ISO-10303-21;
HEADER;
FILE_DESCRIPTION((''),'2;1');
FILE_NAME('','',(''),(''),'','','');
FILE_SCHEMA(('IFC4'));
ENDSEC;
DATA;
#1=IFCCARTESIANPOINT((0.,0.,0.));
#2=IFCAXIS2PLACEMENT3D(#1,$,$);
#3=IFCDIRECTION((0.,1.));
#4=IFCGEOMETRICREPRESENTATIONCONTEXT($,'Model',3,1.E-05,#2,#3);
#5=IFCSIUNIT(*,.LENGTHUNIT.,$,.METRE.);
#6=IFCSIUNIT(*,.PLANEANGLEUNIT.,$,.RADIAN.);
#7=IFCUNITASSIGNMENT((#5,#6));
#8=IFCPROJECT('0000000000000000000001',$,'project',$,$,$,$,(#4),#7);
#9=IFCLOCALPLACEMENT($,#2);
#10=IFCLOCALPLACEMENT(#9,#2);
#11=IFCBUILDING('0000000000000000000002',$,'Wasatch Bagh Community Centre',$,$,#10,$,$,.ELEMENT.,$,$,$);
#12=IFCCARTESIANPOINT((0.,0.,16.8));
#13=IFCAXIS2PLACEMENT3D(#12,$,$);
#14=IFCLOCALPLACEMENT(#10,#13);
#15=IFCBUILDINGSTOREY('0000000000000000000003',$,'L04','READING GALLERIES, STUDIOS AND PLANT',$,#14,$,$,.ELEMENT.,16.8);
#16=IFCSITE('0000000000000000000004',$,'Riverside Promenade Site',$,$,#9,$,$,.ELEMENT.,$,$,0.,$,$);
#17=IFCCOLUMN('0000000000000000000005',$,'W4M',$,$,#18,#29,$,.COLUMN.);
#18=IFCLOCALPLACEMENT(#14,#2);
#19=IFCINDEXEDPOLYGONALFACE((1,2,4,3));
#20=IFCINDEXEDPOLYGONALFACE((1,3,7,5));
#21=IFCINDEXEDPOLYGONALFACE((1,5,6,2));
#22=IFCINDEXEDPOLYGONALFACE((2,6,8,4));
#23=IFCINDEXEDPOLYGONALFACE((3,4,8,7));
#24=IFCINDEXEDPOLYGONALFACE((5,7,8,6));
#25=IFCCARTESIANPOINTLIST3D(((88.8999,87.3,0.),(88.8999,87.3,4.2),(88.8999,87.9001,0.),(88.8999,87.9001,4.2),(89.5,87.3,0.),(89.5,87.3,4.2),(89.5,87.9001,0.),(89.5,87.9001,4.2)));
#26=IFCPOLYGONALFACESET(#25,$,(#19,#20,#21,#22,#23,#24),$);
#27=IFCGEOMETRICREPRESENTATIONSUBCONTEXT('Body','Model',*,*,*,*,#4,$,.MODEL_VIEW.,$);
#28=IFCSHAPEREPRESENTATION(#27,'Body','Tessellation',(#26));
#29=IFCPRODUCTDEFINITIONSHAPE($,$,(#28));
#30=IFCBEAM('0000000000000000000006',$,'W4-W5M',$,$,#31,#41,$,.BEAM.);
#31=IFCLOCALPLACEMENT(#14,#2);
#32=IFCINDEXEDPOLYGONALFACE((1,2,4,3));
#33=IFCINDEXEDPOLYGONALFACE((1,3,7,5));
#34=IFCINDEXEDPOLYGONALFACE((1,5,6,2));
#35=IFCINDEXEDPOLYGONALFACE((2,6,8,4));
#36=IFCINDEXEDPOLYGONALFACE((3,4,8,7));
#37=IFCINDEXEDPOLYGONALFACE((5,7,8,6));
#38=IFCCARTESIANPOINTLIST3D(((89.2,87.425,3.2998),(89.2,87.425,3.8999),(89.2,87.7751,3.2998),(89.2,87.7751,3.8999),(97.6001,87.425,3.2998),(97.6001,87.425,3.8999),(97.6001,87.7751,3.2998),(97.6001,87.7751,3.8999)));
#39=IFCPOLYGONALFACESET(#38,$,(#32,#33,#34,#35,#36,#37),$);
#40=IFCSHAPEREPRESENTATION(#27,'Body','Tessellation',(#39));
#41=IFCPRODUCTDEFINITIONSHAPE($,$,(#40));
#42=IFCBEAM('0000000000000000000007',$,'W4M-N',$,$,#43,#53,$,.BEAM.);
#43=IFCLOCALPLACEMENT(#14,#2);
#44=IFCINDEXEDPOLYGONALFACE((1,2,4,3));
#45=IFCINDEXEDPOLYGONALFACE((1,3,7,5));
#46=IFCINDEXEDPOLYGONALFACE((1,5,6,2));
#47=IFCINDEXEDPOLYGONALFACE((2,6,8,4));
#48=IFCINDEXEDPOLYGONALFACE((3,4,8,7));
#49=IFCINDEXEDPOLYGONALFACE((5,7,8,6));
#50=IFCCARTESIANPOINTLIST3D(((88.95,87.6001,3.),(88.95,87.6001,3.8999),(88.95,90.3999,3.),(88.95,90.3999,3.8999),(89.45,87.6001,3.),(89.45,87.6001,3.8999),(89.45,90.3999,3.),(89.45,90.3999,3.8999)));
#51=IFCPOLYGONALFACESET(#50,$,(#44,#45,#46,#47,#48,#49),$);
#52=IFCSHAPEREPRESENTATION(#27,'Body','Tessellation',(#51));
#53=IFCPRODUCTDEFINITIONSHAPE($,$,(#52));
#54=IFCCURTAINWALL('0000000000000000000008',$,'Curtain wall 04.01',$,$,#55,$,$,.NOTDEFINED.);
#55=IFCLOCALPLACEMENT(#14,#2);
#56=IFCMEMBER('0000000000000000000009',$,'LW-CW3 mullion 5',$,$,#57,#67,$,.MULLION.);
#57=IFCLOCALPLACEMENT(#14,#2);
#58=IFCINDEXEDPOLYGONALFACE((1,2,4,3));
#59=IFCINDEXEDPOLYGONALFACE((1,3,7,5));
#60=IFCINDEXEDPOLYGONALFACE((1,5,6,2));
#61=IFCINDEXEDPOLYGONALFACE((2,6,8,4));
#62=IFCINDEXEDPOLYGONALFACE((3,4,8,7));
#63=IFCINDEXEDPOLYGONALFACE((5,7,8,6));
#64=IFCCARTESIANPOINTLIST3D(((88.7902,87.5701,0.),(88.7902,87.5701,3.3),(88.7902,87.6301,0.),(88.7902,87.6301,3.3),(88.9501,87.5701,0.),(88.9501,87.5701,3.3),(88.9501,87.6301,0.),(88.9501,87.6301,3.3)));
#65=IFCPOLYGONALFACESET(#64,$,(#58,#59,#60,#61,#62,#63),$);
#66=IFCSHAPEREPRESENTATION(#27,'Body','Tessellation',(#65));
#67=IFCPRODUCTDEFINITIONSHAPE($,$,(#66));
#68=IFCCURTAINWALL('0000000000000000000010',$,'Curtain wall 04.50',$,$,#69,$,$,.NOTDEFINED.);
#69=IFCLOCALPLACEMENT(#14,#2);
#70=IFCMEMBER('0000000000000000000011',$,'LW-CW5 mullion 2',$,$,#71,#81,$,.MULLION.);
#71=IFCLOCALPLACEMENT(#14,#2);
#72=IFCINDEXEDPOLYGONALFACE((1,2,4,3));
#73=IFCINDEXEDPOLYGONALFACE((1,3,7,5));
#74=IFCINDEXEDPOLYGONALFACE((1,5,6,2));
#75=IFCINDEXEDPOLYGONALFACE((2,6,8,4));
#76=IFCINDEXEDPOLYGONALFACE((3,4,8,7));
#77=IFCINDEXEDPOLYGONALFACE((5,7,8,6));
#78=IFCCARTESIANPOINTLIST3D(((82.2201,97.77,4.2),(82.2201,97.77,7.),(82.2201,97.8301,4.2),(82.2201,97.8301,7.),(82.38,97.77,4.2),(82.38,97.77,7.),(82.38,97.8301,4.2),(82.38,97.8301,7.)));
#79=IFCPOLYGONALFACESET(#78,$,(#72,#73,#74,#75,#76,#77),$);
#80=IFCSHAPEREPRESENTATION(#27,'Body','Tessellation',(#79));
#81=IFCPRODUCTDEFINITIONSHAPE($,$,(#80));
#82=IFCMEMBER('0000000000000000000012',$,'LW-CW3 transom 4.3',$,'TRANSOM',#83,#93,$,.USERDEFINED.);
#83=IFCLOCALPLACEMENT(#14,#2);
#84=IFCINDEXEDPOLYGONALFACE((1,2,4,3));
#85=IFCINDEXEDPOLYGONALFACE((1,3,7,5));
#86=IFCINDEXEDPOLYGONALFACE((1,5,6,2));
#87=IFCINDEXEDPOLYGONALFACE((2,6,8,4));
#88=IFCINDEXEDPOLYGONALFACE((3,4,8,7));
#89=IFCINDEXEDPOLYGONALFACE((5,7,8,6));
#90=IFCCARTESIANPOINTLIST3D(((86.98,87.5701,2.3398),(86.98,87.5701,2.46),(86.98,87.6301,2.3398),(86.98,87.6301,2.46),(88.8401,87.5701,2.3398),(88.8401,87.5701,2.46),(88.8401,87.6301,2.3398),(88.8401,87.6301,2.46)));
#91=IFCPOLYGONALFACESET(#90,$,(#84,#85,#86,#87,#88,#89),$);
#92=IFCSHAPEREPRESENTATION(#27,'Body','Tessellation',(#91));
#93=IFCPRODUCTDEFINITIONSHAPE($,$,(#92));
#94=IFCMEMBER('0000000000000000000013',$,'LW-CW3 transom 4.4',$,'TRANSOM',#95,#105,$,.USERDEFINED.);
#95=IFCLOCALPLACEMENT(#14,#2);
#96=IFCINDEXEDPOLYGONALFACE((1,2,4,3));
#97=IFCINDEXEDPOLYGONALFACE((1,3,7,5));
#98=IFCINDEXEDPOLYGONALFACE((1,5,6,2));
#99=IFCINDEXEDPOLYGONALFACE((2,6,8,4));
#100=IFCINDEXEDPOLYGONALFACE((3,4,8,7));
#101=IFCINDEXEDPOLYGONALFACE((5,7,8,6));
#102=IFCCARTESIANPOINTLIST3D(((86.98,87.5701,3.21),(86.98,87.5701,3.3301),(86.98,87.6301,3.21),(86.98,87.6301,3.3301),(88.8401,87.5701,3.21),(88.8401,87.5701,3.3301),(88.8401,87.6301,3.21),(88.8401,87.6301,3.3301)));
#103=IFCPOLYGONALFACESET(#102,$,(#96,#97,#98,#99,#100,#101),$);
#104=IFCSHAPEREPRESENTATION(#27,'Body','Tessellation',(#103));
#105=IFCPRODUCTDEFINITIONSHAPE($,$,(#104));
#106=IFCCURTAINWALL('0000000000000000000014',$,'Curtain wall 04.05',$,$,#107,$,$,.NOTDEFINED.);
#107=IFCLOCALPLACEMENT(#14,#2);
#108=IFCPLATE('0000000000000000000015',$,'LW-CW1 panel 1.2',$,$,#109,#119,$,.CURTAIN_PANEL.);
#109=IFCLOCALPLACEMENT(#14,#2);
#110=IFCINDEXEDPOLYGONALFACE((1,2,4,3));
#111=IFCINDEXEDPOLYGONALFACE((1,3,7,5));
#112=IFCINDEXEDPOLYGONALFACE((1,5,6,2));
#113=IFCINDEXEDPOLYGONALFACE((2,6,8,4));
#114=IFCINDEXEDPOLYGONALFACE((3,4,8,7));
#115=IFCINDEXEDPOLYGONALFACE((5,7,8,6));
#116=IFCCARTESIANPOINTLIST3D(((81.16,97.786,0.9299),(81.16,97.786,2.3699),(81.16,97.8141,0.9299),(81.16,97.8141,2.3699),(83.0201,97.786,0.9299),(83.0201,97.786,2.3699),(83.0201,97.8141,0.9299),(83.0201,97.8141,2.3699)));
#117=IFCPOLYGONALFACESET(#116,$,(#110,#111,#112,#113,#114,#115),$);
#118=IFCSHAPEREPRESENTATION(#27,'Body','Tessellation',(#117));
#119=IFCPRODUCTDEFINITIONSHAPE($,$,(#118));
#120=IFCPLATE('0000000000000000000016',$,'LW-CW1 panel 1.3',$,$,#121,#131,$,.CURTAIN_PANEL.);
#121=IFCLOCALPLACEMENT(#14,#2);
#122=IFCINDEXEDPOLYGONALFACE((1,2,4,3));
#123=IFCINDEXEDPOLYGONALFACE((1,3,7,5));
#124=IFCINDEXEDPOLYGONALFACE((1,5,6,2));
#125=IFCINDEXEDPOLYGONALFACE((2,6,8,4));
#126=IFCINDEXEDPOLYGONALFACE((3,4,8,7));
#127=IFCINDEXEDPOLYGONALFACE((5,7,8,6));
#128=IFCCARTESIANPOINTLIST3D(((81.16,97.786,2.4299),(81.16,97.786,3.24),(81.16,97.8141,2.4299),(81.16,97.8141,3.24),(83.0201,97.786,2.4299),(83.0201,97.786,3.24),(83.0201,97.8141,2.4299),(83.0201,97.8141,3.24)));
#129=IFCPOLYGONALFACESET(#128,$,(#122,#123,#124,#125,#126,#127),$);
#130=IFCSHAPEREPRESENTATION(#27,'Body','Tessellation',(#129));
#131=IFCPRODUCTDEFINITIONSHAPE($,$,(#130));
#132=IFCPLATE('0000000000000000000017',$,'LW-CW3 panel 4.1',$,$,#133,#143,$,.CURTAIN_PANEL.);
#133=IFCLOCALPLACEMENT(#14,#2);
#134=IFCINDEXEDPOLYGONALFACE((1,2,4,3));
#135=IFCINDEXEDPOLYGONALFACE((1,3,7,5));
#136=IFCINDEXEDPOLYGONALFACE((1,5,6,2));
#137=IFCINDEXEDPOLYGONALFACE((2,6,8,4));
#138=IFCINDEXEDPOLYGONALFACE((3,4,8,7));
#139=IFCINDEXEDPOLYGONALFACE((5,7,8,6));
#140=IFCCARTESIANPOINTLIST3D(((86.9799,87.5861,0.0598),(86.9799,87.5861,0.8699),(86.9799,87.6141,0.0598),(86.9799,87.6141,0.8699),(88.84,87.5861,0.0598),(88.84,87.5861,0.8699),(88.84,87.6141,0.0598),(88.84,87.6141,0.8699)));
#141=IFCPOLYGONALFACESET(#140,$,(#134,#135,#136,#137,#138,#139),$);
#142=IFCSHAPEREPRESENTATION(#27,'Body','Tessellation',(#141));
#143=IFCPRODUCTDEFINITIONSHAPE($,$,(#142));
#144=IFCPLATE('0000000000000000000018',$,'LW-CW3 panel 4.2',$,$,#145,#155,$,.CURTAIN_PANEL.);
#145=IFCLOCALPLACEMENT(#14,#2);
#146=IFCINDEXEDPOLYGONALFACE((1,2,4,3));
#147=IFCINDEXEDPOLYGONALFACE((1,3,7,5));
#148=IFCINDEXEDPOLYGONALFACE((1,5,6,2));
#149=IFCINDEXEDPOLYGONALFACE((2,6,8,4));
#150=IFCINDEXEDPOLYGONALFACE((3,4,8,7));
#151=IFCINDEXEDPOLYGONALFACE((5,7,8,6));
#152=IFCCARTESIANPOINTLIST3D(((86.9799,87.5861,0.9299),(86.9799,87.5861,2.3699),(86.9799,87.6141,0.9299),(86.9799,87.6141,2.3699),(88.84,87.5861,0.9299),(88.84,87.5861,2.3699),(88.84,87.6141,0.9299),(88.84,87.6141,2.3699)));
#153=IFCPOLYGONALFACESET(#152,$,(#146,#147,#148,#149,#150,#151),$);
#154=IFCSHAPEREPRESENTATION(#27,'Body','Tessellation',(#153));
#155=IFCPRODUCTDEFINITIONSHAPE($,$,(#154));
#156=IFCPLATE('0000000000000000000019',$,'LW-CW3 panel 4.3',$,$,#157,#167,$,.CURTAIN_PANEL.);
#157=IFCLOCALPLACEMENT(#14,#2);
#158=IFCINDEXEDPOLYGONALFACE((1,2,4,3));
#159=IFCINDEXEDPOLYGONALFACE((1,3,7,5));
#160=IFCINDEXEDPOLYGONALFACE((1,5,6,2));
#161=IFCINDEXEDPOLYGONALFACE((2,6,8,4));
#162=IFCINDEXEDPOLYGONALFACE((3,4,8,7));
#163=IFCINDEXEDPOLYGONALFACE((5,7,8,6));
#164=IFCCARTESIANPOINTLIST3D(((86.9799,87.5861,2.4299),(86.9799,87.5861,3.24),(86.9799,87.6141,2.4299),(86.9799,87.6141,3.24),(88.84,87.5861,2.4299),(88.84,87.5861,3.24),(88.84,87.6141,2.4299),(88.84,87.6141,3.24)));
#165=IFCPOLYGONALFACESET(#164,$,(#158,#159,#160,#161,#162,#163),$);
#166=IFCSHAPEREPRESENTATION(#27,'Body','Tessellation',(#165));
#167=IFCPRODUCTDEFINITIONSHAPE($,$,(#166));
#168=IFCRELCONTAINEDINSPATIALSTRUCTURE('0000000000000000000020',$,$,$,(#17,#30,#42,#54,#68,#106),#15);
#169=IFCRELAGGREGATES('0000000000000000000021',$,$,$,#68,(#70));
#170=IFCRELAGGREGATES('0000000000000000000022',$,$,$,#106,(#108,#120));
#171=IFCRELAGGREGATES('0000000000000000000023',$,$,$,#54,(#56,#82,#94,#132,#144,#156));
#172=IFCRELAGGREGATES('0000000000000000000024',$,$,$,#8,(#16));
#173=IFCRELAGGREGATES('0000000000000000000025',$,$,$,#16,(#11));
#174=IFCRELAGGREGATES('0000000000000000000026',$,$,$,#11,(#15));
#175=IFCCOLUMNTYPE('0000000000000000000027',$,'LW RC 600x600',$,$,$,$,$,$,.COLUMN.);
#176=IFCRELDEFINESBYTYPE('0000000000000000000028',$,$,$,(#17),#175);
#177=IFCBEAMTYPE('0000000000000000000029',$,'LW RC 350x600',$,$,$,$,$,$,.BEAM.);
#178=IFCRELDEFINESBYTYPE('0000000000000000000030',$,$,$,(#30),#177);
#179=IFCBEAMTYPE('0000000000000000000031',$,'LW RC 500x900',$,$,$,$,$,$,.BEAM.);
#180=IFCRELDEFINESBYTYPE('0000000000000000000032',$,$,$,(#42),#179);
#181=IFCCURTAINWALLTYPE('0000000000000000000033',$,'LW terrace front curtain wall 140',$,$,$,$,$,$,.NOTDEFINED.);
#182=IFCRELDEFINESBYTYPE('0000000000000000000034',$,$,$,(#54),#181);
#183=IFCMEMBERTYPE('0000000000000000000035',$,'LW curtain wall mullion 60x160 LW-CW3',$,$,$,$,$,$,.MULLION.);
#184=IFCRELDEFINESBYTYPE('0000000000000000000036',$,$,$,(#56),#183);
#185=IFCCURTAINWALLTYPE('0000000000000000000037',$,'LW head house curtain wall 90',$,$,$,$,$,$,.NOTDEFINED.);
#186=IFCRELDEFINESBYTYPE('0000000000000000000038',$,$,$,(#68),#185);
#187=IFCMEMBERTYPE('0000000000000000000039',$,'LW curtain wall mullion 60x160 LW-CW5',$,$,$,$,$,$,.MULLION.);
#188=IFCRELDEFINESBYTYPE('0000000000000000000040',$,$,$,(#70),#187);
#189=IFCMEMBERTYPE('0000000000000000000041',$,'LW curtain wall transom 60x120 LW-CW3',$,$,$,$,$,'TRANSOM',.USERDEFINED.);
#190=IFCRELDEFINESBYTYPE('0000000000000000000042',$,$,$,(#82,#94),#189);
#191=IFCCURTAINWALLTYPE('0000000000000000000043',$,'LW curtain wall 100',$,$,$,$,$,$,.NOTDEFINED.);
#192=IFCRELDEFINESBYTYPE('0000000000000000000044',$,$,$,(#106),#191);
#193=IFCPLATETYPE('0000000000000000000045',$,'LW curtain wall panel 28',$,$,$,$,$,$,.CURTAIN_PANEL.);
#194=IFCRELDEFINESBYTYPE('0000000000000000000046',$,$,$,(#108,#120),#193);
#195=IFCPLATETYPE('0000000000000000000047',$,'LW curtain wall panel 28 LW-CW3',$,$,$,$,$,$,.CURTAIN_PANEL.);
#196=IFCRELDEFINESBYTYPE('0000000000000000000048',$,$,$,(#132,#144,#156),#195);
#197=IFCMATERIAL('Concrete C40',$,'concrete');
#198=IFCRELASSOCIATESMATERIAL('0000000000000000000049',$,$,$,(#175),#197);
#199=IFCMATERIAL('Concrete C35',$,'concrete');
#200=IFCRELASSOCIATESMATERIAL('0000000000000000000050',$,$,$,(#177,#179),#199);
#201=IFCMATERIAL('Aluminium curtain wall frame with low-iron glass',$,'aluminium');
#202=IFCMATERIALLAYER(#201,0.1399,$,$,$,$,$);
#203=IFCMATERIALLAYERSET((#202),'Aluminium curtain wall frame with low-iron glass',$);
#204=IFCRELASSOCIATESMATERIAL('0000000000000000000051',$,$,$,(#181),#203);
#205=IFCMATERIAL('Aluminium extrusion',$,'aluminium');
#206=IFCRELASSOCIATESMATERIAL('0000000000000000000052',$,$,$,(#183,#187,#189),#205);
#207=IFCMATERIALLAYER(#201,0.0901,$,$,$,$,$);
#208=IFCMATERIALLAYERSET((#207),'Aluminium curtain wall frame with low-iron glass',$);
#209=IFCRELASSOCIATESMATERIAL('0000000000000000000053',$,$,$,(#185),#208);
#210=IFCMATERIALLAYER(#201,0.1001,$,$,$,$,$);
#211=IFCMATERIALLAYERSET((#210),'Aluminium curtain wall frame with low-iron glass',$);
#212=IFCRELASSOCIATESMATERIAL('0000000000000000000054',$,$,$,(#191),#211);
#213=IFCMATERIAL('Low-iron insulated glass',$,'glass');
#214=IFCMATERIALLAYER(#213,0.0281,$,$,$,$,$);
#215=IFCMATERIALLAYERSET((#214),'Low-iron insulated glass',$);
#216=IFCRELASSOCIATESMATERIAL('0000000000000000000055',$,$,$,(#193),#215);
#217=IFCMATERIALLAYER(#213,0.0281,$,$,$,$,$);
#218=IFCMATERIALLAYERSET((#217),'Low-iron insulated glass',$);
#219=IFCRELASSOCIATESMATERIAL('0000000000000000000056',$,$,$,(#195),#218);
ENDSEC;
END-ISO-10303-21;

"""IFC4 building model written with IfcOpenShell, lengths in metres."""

from ifc_helpers import new_model, si_unit, direction, frame, origin, origin_2d, place, context, subcontext, project, spatial, rectangle, extrude, material, layer, layer_set, material_profile, profile_set, type_object, element, aggregate, save


model = new_model("IFC4")

# Units and contexts
model_context = context("Model", 3, precision=1e-05, world=origin(), true_north=direction((0.0, 1.0)))
body_context = subcontext(model_context, "Body", "Model", "MODEL_VIEW")
ifc_project = project(units=[si_unit("LENGTHUNIT", "METRE"), si_unit("PLANEANGLEUNIT", "RADIAN")], contexts=[model_context])

# Site, building, storey
site_placement = place(None, origin())
site = spatial("IfcSite", under=ifc_project, at=site_placement, Name="Riverside Promenade Site", CompositionType="ELEMENT", RefElevation=0.0)
building_placement = place(site_placement, origin())
building = spatial("IfcBuilding", under=site, at=building_placement, Name="Wasatch Bagh Community Centre", CompositionType="ELEMENT")
storey_placement = place(building_placement, frame((0.0, 0.0, 16.8)))
storey = spatial("IfcBuildingStorey", under=building, at=storey_placement, Name="L04", Description="READING GALLERIES, STUDIOS AND PLANT", CompositionType="ELEMENT", Elevation=16.8)

# Column
ifc_material_1 = material(Name="Concrete C40", Category="concrete")
ifc_material_profile_1 = material_profile(ifc_material_1, rectangle(XDim=0.6001, YDim=0.6001, at=origin_2d()), Name="RC 600x600")
ifc_profile_set_1 = profile_set([ifc_material_profile_1], Name="Concrete C40")
column_type = type_object("IfcColumnType", Name="LW RC 600x600", PredefinedType="COLUMN", material=ifc_profile_set_1)
column_placement = place(storey_placement, frame((89.2, 87.6001, 0.0), z_axis=(0.0, 0.0, 1.0), x_axis=(1.0, 0.0, 0.0)))
element("IfcColumn", 1, at=column_placement, inside=storey, type_object=column_type, Name="W4M", PredefinedType="COLUMN", context=body_context, shape_type="SweptSolid", body=[
    extrude(rectangle(XDim=0.6001, YDim=0.6001, at=origin_2d()), origin(), (0.0, 0.0, 1.0), 4.2),
])

# Beams
ifc_material_2 = material(Name="Concrete C35", Category="concrete")
ifc_material_profile_2 = material_profile(ifc_material_2, rectangle(XDim=0.3501, YDim=0.6001, at=origin_2d()), Name="RC 350x600")
ifc_profile_set_2 = profile_set([ifc_material_profile_2], Name="Concrete C35")
beam_type_1 = type_object("IfcBeamType", Name="LW RC 350x600", PredefinedType="BEAM", material=ifc_profile_set_2)
beam_1_placement = place(storey_placement, frame((89.2, 87.6001, 3.5999), z_axis=(1.0, 0.0, 0.0), x_axis=(0.0, 1.0, 0.0)))
element("IfcBeam", 2, at=beam_1_placement, inside=storey, type_object=beam_type_1, Name="W4-W5M", PredefinedType="BEAM", context=body_context, shape_type="SweptSolid", body=[
    extrude(rectangle(XDim=0.3501, YDim=0.6001, at=origin_2d()), origin(), (0.0, 0.0, 1.0), 8.4001),
])
ifc_material_profile_3 = material_profile(ifc_material_2, rectangle(XDim=0.5, YDim=0.8999, at=origin_2d()), Name="RC 500x900")
ifc_profile_set_3 = profile_set([ifc_material_profile_3], Name="Concrete C35")
beam_type_2 = type_object("IfcBeamType", Name="LW RC 500x900", PredefinedType="BEAM", material=ifc_profile_set_3)
beam_2_placement = place(storey_placement, frame((89.2, 87.6001, 3.45), z_axis=(0.0, 1.0, 0.0), x_axis=(-1.0, 0.0, 0.0)))
element("IfcBeam", 3, at=beam_2_placement, inside=storey, type_object=beam_type_2, Name="W4M-N", PredefinedType="BEAM", context=body_context, shape_type="SweptSolid", body=[
    extrude(rectangle(XDim=0.5, YDim=0.8999, at=origin_2d()), origin(), (0.0, 0.0, 1.0), 2.7998),
])

# Curtain walls, members
ifc_material_3 = material(Name="Aluminium curtain wall frame with low-iron glass", Category="aluminium")
ifc_layer_1 = layer(ifc_material_3, 0.1399)
ifc_layer_set_1 = layer_set([ifc_layer_1], Name="Aluminium curtain wall frame with low-iron glass")
curtain_wall_type_1 = type_object("IfcCurtainWallType", Name="LW terrace front curtain wall 140", PredefinedType="NOTDEFINED", material=ifc_layer_set_1)
curtain_wall_1_placement = place(storey_placement, origin())
curtain_wall_1 = element("IfcCurtainWall", 4, at=curtain_wall_1_placement, inside=storey, type_object=curtain_wall_type_1, Name="Curtain wall 04.01", PredefinedType="NOTDEFINED")
ifc_material_4 = material(Name="Aluminium extrusion", Category="aluminium")
ifc_material_profile_4 = material_profile(ifc_material_4, rectangle(XDim=0.0601, YDim=0.1599, at=origin_2d()), Name="AL 60x160")
ifc_profile_set_4 = profile_set([ifc_material_profile_4], Name="Aluminium extrusion")
member_type_1 = type_object("IfcMemberType", Name="LW curtain wall mullion 60x160 LW-CW3", PredefinedType="MULLION", material=ifc_profile_set_4)
member_1_placement = place(storey_placement, frame((88.8701, 87.6001, 0.0), z_axis=(0.0, 0.0, 1.0), x_axis=(0.0, 1.0, 0.0)))
member_1 = element("IfcMember", 5, at=member_1_placement, type_object=member_type_1, Name="LW-CW3 mullion 5", PredefinedType="MULLION", context=body_context, shape_type="SweptSolid", body=[
    extrude(rectangle(XDim=0.0601, YDim=0.1599, at=origin_2d()), origin(), (0.0, 0.0, 1.0), 3.3),
])
ifc_layer_2 = layer(ifc_material_3, 0.0901)
ifc_layer_set_2 = layer_set([ifc_layer_2], Name="Aluminium curtain wall frame with low-iron glass")
curtain_wall_type_2 = type_object("IfcCurtainWallType", Name="LW head house curtain wall 90", PredefinedType="NOTDEFINED", material=ifc_layer_set_2)
curtain_wall_2_placement = place(storey_placement, origin())
curtain_wall_2 = element("IfcCurtainWall", 6, at=curtain_wall_2_placement, inside=storey, type_object=curtain_wall_type_2, Name="Curtain wall 04.50", PredefinedType="NOTDEFINED")
ifc_material_profile_5 = material_profile(ifc_material_4, rectangle(XDim=0.0601, YDim=0.1599, at=origin_2d()), Name="AL 60x160")
ifc_profile_set_5 = profile_set([ifc_material_profile_5], Name="Aluminium extrusion")
member_type_2 = type_object("IfcMemberType", Name="LW curtain wall mullion 60x160 LW-CW5", PredefinedType="MULLION", material=ifc_profile_set_5)
member_2_placement = place(storey_placement, frame((82.3, 97.8, 4.2), z_axis=(0.0, 0.0, 1.0), x_axis=(0.0, 1.0, 0.0)))
member_2 = element("IfcMember", 7, at=member_2_placement, type_object=member_type_2, Name="LW-CW5 mullion 2", PredefinedType="MULLION", context=body_context, shape_type="SweptSolid", body=[
    extrude(rectangle(XDim=0.0601, YDim=0.1599, at=origin_2d()), origin(), (0.0, 0.0, 1.0), 2.8),
])
aggregate(curtain_wall_2, [member_2])

# Members
ifc_material_profile_6 = material_profile(ifc_material_4, rectangle(XDim=0.0601, YDim=0.1201, at=origin_2d()), Name="AL 60x120")
ifc_profile_set_6 = profile_set([ifc_material_profile_6], Name="Aluminium extrusion")
member_type_3 = type_object("IfcMemberType", Name="LW curtain wall transom 60x120 LW-CW3", ElementType="TRANSOM", PredefinedType="USERDEFINED", material=ifc_profile_set_6)
member_3_placement = place(storey_placement, frame((86.98, 87.6001, 2.3999), z_axis=(1.0, 0.0, 0.0), x_axis=(0.0, 1.0, 0.0)))
member_3 = element("IfcMember", 8, at=member_3_placement, type_object=member_type_3, Name="LW-CW3 transom 4.3", ObjectType="TRANSOM", PredefinedType="USERDEFINED", context=body_context, shape_type="SweptSolid", body=[
    extrude(rectangle(XDim=0.0601, YDim=0.1201, at=origin_2d()), origin(), (0.0, 0.0, 1.0), 1.8601),
])
member_4_placement = place(storey_placement, frame((86.98, 87.6001, 3.27), z_axis=(1.0, 0.0, 0.0), x_axis=(0.0, 1.0, 0.0)))
member_4 = element("IfcMember", 9, at=member_4_placement, type_object=member_type_3, Name="LW-CW3 transom 4.4", ObjectType="TRANSOM", PredefinedType="USERDEFINED", context=body_context, shape_type="SweptSolid", body=[
    extrude(rectangle(XDim=0.0601, YDim=0.1201, at=origin_2d()), origin(), (0.0, 0.0, 1.0), 1.8601),
])

# Curtain wall, plates
ifc_layer_3 = layer(ifc_material_3, 0.1001)
ifc_layer_set_3 = layer_set([ifc_layer_3], Name="Aluminium curtain wall frame with low-iron glass")
curtain_wall_type_3 = type_object("IfcCurtainWallType", Name="LW curtain wall 100", PredefinedType="NOTDEFINED", material=ifc_layer_set_3)
curtain_wall_3_placement = place(storey_placement, origin())
curtain_wall_3 = element("IfcCurtainWall", 10, at=curtain_wall_3_placement, inside=storey, type_object=curtain_wall_type_3, Name="Curtain wall 04.05", PredefinedType="NOTDEFINED")
ifc_material_5 = material(Name="Low-iron insulated glass", Category="glass")
ifc_layer_4 = layer(ifc_material_5, 0.0281)
ifc_layer_set_4 = layer_set([ifc_layer_4], Name="Low-iron insulated glass")
plate_type_1 = type_object("IfcPlateType", Name="LW curtain wall panel 28", PredefinedType="CURTAIN_PANEL", material=ifc_layer_set_4)
plate_1_placement = place(storey_placement, frame((82.0901, 97.8, 0.9299), z_axis=(0.0, 0.0, 1.0), x_axis=(1.0, 0.0, 0.0)))
plate_1 = element("IfcPlate", 11, at=plate_1_placement, type_object=plate_type_1, Name="LW-CW1 panel 1.2", PredefinedType="CURTAIN_PANEL", context=body_context, shape_type="SweptSolid", body=[
    extrude(rectangle(XDim=1.8601, YDim=0.0281, at=origin_2d()), origin(), (0.0, 0.0, 1.0), 1.4399),
])
plate_2_placement = place(storey_placement, frame((82.0901, 97.8, 2.4299), z_axis=(0.0, 0.0, 1.0), x_axis=(1.0, 0.0, 0.0)))
plate_2 = element("IfcPlate", 12, at=plate_2_placement, type_object=plate_type_1, Name="LW-CW1 panel 1.3", PredefinedType="CURTAIN_PANEL", context=body_context, shape_type="SweptSolid", body=[
    extrude(rectangle(XDim=1.8601, YDim=0.0281, at=origin_2d()), origin(), (0.0, 0.0, 1.0), 0.8101),
])
aggregate(curtain_wall_3, [plate_1, plate_2])

# Plates
ifc_layer_5 = layer(ifc_material_5, 0.0281)
ifc_layer_set_5 = layer_set([ifc_layer_5], Name="Low-iron insulated glass")
plate_type_2 = type_object("IfcPlateType", Name="LW curtain wall panel 28 LW-CW3", PredefinedType="CURTAIN_PANEL", material=ifc_layer_set_5)
plate_3_placement = place(storey_placement, frame((87.9099, 87.6001, 0.0598), z_axis=(0.0, 0.0, 1.0), x_axis=(1.0, 0.0, 0.0)))
plate_3 = element("IfcPlate", 13, at=plate_3_placement, type_object=plate_type_2, Name="LW-CW3 panel 4.1", PredefinedType="CURTAIN_PANEL", context=body_context, shape_type="SweptSolid", body=[
    extrude(rectangle(XDim=1.8601, YDim=0.0281, at=origin_2d()), origin(), (0.0, 0.0, 1.0), 0.8101),
])
plate_4_placement = place(storey_placement, frame((87.9099, 87.6001, 0.9299), z_axis=(0.0, 0.0, 1.0), x_axis=(1.0, 0.0, 0.0)))
plate_4 = element("IfcPlate", 14, at=plate_4_placement, type_object=plate_type_2, Name="LW-CW3 panel 4.2", PredefinedType="CURTAIN_PANEL", context=body_context, shape_type="SweptSolid", body=[
    extrude(rectangle(XDim=1.8601, YDim=0.0281, at=origin_2d()), origin(), (0.0, 0.0, 1.0), 1.4399),
])
plate_5_placement = place(storey_placement, frame((87.9099, 87.6001, 2.4299), z_axis=(0.0, 0.0, 1.0), x_axis=(1.0, 0.0, 0.0)))
plate_5 = element("IfcPlate", 15, at=plate_5_placement, type_object=plate_type_2, Name="LW-CW3 panel 4.3", PredefinedType="CURTAIN_PANEL", context=body_context, shape_type="SweptSolid", body=[
    extrude(rectangle(XDim=1.8601, YDim=0.0281, at=origin_2d()), origin(), (0.0, 0.0, 1.0), 0.8101),
])
aggregate(curtain_wall_1, [member_1, member_3, member_4, plate_3, plate_4, plate_5])

save(model, "model.ifc")
